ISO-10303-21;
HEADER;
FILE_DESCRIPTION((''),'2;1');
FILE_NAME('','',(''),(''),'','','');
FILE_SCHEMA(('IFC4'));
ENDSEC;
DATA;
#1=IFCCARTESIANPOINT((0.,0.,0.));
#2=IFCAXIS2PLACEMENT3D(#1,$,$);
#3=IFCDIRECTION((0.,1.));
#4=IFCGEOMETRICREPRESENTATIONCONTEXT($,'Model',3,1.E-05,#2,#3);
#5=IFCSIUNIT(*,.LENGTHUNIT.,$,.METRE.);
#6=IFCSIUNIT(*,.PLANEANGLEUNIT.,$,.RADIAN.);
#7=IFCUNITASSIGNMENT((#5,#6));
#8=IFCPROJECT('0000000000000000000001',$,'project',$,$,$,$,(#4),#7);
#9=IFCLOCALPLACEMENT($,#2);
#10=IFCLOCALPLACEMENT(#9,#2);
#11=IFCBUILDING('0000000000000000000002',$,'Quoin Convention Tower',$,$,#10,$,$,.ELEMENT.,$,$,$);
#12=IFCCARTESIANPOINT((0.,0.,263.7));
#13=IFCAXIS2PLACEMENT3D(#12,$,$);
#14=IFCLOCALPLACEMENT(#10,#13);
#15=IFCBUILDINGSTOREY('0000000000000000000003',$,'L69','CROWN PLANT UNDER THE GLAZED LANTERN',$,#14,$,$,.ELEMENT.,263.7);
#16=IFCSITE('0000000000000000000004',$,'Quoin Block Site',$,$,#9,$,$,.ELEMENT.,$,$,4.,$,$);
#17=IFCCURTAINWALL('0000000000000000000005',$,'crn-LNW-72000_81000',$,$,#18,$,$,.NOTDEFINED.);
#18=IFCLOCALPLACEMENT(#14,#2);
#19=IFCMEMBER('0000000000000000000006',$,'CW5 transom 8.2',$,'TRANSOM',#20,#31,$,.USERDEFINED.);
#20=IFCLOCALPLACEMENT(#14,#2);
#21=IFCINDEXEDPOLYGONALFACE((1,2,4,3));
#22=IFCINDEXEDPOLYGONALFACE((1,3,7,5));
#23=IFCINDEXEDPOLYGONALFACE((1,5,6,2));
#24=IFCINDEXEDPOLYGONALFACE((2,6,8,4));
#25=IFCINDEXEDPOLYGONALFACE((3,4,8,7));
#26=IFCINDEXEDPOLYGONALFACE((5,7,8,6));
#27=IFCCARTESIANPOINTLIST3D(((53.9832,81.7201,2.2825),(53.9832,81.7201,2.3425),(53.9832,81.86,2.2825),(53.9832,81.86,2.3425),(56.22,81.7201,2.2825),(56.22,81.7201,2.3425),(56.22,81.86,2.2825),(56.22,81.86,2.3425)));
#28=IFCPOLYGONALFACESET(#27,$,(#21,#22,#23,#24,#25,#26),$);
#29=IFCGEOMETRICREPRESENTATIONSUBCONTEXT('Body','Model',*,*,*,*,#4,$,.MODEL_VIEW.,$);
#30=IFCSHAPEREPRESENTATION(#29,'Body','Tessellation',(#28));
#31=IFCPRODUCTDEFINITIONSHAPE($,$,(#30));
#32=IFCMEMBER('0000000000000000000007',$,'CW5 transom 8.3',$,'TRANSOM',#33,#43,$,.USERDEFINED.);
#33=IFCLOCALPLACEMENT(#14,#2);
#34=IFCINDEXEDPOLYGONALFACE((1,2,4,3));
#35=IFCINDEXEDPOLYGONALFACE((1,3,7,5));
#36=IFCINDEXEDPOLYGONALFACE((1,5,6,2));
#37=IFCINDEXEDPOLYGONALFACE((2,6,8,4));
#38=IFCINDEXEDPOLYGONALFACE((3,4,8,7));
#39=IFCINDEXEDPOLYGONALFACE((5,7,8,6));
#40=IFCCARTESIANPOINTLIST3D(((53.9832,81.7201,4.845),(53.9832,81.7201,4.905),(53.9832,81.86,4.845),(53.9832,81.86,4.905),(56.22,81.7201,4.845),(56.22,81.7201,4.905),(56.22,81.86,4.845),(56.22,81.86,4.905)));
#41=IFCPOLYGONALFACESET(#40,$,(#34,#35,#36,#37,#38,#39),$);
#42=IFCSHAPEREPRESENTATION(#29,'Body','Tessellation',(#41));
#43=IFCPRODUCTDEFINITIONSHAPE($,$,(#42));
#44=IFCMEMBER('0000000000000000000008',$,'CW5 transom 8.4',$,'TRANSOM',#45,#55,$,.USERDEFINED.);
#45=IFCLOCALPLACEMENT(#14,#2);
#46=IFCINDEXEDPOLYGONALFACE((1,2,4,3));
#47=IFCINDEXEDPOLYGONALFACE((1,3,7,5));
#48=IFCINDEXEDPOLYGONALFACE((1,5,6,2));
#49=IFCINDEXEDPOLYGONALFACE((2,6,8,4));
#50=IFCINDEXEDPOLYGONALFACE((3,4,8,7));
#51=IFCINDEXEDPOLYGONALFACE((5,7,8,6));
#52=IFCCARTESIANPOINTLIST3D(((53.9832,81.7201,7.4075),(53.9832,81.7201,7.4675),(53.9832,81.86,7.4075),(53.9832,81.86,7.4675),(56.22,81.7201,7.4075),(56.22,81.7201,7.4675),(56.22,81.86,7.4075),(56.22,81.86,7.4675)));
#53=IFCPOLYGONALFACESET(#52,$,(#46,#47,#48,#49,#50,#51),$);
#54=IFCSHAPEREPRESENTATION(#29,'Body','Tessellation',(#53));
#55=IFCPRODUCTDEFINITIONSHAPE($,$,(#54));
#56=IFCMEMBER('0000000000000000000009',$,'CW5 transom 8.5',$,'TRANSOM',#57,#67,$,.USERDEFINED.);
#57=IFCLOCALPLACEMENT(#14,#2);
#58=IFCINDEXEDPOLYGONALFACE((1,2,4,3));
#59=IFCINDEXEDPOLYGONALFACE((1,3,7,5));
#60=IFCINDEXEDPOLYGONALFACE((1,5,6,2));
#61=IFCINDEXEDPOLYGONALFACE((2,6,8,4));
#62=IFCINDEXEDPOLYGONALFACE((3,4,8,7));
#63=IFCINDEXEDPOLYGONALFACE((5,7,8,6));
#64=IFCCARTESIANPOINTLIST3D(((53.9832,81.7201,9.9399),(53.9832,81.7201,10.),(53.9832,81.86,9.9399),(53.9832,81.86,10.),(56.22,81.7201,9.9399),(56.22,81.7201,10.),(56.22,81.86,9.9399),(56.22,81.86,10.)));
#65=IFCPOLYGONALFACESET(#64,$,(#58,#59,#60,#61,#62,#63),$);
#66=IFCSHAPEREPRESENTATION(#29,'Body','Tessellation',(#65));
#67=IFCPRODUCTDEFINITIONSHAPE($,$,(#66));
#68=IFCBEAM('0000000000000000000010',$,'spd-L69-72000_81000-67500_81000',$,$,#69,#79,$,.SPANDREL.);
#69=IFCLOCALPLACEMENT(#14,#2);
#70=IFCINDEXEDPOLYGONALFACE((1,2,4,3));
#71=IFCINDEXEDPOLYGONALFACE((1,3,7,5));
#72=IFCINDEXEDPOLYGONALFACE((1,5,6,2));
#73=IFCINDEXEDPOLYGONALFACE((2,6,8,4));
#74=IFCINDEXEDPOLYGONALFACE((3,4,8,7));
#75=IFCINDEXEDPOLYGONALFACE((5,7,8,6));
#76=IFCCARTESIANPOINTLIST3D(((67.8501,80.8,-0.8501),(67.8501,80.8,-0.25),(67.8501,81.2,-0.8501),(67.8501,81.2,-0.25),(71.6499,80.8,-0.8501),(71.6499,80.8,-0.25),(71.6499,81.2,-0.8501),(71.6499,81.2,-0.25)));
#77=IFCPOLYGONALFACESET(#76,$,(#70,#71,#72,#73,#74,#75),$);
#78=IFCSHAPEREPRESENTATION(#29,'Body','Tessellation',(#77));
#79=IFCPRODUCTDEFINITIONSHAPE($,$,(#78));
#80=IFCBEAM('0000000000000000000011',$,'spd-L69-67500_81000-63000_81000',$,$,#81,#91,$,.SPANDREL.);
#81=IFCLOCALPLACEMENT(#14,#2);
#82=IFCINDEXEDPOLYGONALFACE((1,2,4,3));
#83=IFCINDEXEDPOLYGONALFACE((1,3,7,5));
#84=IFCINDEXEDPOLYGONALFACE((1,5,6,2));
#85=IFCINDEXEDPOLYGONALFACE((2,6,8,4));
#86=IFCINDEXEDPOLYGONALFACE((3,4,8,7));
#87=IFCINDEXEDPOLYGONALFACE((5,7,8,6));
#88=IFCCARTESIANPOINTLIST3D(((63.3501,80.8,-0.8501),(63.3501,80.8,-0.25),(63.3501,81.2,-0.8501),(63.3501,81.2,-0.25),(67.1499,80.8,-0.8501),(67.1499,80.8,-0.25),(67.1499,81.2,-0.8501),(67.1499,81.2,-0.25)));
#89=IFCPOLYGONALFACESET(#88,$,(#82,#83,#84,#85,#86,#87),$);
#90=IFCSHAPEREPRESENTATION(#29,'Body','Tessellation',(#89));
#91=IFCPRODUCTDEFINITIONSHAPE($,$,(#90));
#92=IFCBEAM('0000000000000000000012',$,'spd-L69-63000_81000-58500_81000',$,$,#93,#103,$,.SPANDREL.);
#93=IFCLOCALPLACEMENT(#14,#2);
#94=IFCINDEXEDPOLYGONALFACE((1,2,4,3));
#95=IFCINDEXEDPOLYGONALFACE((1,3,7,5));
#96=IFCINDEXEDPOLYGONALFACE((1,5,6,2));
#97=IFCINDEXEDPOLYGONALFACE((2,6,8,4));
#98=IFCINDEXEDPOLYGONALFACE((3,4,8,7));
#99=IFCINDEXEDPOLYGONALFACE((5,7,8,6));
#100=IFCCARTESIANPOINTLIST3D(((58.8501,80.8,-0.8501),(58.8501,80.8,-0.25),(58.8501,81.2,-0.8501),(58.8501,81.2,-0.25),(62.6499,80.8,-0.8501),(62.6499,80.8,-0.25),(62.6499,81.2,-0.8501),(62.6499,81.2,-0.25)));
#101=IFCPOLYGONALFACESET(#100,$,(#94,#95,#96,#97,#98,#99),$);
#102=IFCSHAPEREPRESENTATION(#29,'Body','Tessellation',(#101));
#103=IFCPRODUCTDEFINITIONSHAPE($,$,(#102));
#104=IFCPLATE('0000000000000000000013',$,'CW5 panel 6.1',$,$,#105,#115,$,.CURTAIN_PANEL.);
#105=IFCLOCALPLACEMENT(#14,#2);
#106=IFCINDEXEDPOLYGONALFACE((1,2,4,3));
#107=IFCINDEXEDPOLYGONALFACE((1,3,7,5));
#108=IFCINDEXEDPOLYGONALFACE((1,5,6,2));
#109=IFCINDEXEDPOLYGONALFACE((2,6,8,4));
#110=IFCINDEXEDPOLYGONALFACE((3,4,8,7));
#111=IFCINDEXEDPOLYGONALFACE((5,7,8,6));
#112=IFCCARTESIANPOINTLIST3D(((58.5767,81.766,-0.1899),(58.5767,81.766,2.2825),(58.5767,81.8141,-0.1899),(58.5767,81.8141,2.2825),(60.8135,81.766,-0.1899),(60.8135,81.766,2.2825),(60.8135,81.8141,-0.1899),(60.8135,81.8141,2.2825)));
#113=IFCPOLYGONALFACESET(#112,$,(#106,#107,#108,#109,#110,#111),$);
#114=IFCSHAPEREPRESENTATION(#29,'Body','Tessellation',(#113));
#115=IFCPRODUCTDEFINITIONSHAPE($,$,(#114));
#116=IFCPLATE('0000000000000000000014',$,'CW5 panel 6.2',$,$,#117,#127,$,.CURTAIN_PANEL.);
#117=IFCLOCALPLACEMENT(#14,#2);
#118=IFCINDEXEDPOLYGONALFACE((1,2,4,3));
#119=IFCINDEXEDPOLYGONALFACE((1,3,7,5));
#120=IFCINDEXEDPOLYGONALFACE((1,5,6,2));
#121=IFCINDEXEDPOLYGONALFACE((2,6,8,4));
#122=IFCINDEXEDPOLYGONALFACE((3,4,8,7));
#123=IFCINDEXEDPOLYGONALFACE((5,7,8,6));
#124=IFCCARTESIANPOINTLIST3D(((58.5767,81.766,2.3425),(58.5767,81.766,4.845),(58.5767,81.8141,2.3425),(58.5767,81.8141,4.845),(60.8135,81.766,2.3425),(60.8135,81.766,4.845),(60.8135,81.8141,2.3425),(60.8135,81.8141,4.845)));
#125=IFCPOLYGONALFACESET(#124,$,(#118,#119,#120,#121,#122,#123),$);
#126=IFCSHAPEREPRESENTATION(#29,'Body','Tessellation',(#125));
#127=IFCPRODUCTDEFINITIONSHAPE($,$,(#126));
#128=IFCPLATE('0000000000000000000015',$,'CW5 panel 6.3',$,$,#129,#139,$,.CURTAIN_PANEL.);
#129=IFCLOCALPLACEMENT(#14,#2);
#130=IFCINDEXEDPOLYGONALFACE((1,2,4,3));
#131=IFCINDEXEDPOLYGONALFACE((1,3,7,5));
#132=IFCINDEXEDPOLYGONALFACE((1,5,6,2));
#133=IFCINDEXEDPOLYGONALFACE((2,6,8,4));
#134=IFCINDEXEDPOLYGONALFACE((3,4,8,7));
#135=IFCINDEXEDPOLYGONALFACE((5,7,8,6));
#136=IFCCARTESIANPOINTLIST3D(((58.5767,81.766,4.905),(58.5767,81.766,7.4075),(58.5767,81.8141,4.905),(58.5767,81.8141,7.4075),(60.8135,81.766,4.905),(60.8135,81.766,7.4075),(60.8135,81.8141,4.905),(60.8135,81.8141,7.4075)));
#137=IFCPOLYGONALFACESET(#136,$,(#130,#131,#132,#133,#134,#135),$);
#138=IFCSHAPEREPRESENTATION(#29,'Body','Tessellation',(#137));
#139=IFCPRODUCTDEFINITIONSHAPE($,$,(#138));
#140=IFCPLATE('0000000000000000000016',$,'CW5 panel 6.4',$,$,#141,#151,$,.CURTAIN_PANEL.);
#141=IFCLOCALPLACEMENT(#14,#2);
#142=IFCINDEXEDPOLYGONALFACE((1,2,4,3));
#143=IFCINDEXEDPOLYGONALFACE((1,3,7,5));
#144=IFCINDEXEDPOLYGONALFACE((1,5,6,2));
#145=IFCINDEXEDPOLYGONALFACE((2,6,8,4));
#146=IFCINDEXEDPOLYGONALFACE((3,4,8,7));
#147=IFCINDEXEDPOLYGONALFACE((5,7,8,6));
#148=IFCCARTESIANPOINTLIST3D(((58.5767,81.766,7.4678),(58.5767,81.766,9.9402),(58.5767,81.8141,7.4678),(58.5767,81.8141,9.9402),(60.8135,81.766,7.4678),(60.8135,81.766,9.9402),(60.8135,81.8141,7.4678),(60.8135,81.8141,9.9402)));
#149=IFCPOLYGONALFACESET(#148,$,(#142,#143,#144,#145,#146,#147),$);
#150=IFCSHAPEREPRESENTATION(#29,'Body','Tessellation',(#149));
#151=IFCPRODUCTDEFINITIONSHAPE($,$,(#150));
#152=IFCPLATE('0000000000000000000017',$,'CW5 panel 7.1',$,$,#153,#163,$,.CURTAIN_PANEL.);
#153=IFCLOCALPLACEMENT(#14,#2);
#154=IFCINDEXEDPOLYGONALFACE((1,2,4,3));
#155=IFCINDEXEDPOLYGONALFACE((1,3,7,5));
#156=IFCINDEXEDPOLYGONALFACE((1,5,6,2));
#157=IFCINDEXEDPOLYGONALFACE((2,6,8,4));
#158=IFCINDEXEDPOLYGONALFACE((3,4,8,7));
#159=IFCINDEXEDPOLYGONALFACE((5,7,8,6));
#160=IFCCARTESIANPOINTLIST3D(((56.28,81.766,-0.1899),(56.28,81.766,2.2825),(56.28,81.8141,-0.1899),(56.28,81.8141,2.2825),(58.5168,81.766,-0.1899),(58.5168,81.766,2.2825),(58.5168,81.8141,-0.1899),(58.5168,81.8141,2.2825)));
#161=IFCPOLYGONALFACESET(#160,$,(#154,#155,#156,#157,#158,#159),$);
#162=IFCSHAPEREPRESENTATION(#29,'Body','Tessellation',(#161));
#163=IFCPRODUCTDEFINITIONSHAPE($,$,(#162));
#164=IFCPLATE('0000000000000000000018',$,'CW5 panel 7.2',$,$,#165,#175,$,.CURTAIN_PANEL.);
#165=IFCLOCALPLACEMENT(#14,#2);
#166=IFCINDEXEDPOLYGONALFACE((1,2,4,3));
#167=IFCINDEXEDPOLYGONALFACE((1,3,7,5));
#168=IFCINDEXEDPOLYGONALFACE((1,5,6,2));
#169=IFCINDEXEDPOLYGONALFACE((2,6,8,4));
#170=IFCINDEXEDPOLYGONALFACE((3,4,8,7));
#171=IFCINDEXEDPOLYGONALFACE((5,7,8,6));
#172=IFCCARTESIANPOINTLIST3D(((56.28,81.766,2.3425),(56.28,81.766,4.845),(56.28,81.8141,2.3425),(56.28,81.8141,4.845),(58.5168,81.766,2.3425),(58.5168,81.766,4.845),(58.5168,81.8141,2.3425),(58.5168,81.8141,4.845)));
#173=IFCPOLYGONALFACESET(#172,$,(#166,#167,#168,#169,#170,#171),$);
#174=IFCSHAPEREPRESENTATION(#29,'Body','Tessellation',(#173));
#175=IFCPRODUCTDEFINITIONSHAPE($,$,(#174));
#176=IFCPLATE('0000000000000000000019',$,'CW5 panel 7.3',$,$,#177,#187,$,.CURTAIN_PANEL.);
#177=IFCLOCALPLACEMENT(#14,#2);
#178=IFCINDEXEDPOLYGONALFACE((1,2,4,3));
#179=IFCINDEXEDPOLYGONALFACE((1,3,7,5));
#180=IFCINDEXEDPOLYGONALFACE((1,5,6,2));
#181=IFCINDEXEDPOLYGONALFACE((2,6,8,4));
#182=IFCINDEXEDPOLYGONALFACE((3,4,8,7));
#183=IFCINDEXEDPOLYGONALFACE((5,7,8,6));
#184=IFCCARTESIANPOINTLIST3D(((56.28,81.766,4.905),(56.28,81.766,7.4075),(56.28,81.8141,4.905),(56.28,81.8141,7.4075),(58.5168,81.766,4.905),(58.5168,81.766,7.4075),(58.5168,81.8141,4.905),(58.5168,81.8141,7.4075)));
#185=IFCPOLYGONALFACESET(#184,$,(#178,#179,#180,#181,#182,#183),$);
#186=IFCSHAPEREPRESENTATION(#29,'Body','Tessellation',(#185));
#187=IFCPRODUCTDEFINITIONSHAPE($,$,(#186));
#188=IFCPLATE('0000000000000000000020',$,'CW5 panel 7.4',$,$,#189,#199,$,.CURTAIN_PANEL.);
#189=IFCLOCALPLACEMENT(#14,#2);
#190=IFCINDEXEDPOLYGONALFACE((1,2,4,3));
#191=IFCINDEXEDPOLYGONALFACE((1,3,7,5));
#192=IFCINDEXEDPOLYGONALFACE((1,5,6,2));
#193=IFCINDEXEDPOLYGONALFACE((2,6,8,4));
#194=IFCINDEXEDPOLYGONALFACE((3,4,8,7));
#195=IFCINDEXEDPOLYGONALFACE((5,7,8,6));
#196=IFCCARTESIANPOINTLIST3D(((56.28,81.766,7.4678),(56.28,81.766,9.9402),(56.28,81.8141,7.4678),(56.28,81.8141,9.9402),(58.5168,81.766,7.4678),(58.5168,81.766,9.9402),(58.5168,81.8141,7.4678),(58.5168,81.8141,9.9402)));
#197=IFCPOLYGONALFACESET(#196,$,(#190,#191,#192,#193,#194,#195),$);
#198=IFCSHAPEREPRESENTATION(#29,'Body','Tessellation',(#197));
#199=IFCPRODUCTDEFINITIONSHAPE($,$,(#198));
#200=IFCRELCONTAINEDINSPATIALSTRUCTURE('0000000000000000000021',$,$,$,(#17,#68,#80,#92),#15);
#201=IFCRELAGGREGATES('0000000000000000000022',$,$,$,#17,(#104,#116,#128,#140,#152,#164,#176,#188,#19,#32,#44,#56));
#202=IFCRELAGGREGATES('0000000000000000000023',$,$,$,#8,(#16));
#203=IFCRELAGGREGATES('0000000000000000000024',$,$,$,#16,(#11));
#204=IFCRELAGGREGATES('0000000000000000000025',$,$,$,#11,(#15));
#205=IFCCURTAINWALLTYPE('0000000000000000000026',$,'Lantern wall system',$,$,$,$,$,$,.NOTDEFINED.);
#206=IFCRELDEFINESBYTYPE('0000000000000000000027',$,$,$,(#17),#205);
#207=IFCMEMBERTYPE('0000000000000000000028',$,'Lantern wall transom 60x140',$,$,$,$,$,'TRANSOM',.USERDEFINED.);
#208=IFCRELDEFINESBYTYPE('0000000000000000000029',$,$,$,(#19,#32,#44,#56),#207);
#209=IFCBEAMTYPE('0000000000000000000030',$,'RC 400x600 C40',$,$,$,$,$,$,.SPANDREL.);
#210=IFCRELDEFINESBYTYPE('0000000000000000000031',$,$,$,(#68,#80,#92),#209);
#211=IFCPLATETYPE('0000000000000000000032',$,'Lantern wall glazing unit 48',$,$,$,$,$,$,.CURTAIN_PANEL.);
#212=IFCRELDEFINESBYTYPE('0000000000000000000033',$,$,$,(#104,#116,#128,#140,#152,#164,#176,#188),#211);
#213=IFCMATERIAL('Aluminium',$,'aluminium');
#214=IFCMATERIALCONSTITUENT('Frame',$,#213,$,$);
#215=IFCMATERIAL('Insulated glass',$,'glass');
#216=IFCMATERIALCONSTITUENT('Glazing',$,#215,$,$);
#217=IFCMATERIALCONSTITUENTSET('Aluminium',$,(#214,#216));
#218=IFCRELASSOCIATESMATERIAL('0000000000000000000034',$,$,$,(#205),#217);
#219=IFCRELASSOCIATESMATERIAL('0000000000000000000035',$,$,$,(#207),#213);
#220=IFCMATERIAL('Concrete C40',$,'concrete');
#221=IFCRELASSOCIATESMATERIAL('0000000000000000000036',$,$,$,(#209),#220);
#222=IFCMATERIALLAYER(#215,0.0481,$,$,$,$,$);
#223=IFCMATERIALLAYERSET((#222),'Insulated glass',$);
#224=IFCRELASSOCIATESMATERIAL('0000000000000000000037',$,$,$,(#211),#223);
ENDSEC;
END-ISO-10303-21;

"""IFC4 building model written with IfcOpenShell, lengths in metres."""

from ifc_helpers import new_model, si_unit, direction, frame, origin, origin_2d, place, context, subcontext, project, spatial, rectangle, extrude, material, layer, layer_set, constituent, constituent_set, material_profile, profile_set, type_object, element, aggregate, save


model = new_model("IFC4")

# Units and contexts
model_context = context("Model", 3, precision=1e-05, world=origin(), true_north=direction((0.0, 1.0)))
body_context = subcontext(model_context, "Body", "Model", "MODEL_VIEW")
ifc_project = project(units=[si_unit("LENGTHUNIT", "METRE"), si_unit("PLANEANGLEUNIT", "RADIAN")], contexts=[model_context])

# Site, building, storey
site_placement = place(None, origin())
site = spatial("IfcSite", under=ifc_project, at=site_placement, Name="Quoin Block Site", CompositionType="ELEMENT", RefElevation=4.0)
building_placement = place(site_placement, origin())
building = spatial("IfcBuilding", under=site, at=building_placement, Name="Quoin Convention Tower", CompositionType="ELEMENT")
storey_placement = place(building_placement, frame((0.0, 0.0, 263.7)))
storey = spatial("IfcBuildingStorey", under=building, at=storey_placement, Name="L69", Description="CROWN PLANT UNDER THE GLAZED LANTERN", CompositionType="ELEMENT", Elevation=263.7)

# Shared definitions
ifc_material_1 = material(Name="Concrete C40", Category="concrete")

# Shared definitions
ifc_material_2 = material(Name="Aluminium", Category="aluminium")
ifc_constituent_1 = constituent(ifc_material_2, Name="Frame")
ifc_material_3 = material(Name="Insulated glass", Category="glass")
ifc_constituent_2 = constituent(ifc_material_3, Name="Glazing")
ifc_constituent_set = constituent_set(constituents=[ifc_constituent_1, ifc_constituent_2], Name="Aluminium")
curtain_wall_type = type_object("IfcCurtainWallType", Name="Lantern wall system", PredefinedType="NOTDEFINED", material=ifc_constituent_set)

# Curtain wall, members
curtain_wall_1_placement = place(storey_placement, origin())
curtain_wall_1 = element("IfcCurtainWall", 1, at=curtain_wall_1_placement, inside=storey, type_object=curtain_wall_type, Name="crn-LNW-72000_81000", PredefinedType="NOTDEFINED")
ifc_material_profile_1 = material_profile(ifc_material_2, rectangle(XDim=0.1399, YDim=0.0601, at=origin_2d()), Name="Lantern wall transom 60x140")
ifc_profile_set_1 = profile_set([ifc_material_profile_1], Name="Aluminium")
member_type_1 = type_object("IfcMemberType", Name="Lantern wall transom 60x140", ElementType="TRANSOM", PredefinedType="USERDEFINED", material=ifc_profile_set_1)
member_1_placement = place(storey_placement, frame((56.22, 81.79, 2.3125), z_axis=(-1.0, 0.0, 0.0), x_axis=(0.0, -1.0, 0.0)))
member_1 = element("IfcMember", 2, at=member_1_placement, type_object=member_type_1, Name="CW5 transom 8.2", ObjectType="TRANSOM", PredefinedType="USERDEFINED", context=body_context, shape_type="SweptSolid", body=[
    extrude(rectangle(XDim=0.1399, YDim=0.0601, at=origin_2d()), origin(), (0.0, 0.0, 1.0), 2.2368),
])
member_2_placement = place(storey_placement, frame((56.22, 81.79, 4.875), z_axis=(-1.0, 0.0, 0.0), x_axis=(0.0, -1.0, 0.0)))
member_2 = element("IfcMember", 3, at=member_2_placement, type_object=member_type_1, Name="CW5 transom 8.3", ObjectType="TRANSOM", PredefinedType="USERDEFINED", context=body_context, shape_type="SweptSolid", body=[
    extrude(rectangle(XDim=0.1399, YDim=0.0601, at=origin_2d()), origin(), (0.0, 0.0, 1.0), 2.2368),
])
member_3_placement = place(storey_placement, frame((56.22, 81.79, 7.4375), z_axis=(-1.0, 0.0, 0.0), x_axis=(0.0, -1.0, 0.0)))
member_3 = element("IfcMember", 4, at=member_3_placement, type_object=member_type_1, Name="CW5 transom 8.4", ObjectType="TRANSOM", PredefinedType="USERDEFINED", context=body_context, shape_type="SweptSolid", body=[
    extrude(rectangle(XDim=0.1399, YDim=0.0601, at=origin_2d()), origin(), (0.0, 0.0, 1.0), 2.2368),
])
member_4_placement = place(storey_placement, frame((56.22, 81.79, 9.97), z_axis=(-1.0, 0.0, 0.0), x_axis=(0.0, -1.0, 0.0)))
member_4 = element("IfcMember", 5, at=member_4_placement, type_object=member_type_1, Name="CW5 transom 8.5", ObjectType="TRANSOM", PredefinedType="USERDEFINED", context=body_context, shape_type="SweptSolid", body=[
    extrude(rectangle(XDim=0.1399, YDim=0.0601, at=origin_2d()), origin(), (0.0, 0.0, 1.0), 2.2368),
])

# Beams
ifc_material_profile_2 = material_profile(ifc_material_1, rectangle(XDim=0.3999, YDim=0.6001, at=origin_2d()), Name="RC 400x600")
ifc_profile_set_2 = profile_set([ifc_material_profile_2], Name="Concrete C40")
beam_type = type_object("IfcBeamType", Name="RC 400x600 C40", PredefinedType="SPANDREL", material=ifc_profile_set_2)
for number, where, z_axis, x_axis, name in (
    (6, (71.6499, 81.0, -0.55), (-1.0, 0.0, 0.0), (0.0, -1.0, 0.0), "spd-L69-72000_81000-67500_81000"),
    (7, (67.1499, 81.0, -0.55), (-1.0, 0.0, 0.0), (0.0, -1.0, 0.0), "spd-L69-67500_81000-63000_81000"),
    (8, (62.6499, 81.0, -0.55), (-1.0, 0.0, 0.0), (0.0, -1.0, 0.0), "spd-L69-63000_81000-58500_81000"),
):
    element("IfcBeam", number, at=place(storey_placement, frame(where, z_axis=z_axis, x_axis=x_axis)), inside=storey, type_object=beam_type, Name=name, PredefinedType="SPANDREL", context=body_context, shape_type="SweptSolid", body=[
        extrude(rectangle(XDim=0.3999, YDim=0.6001, at=origin_2d()), origin(), (0.0, 0.0, 1.0), 3.7998),
    ])

# Plates
ifc_layer = layer(ifc_material_3, 0.0481)
ifc_layer_set = layer_set([ifc_layer], Name="Insulated glass")
plate_type = type_object("IfcPlateType", Name="Lantern wall glazing unit 48", PredefinedType="CURTAIN_PANEL", material=ifc_layer_set)
plate_1_placement = place(storey_placement, frame((59.6951, 81.79, -0.1899), z_axis=(0.0, 0.0, 1.0), x_axis=(-1.0, 0.0, 0.0)))
plate_1 = element("IfcPlate", 9, at=plate_1_placement, type_object=plate_type, Name="CW5 panel 6.1", PredefinedType="CURTAIN_PANEL", context=body_context, shape_type="SweptSolid", body=[
    extrude(rectangle(XDim=2.2368, YDim=0.0481, at=origin_2d()), origin(), (0.0, 0.0, 1.0), 2.4724),
])
plate_2_placement = place(storey_placement, frame((59.6951, 81.79, 2.3425), z_axis=(0.0, 0.0, 1.0), x_axis=(-1.0, 0.0, 0.0)))
plate_2 = element("IfcPlate", 10, at=plate_2_placement, type_object=plate_type, Name="CW5 panel 6.2", PredefinedType="CURTAIN_PANEL", context=body_context, shape_type="SweptSolid", body=[
    extrude(rectangle(XDim=2.2368, YDim=0.0481, at=origin_2d()), origin(), (0.0, 0.0, 1.0), 2.5024),
])
plate_3_placement = place(storey_placement, frame((59.6951, 81.79, 4.905), z_axis=(0.0, 0.0, 1.0), x_axis=(-1.0, 0.0, 0.0)))
plate_3 = element("IfcPlate", 11, at=plate_3_placement, type_object=plate_type, Name="CW5 panel 6.3", PredefinedType="CURTAIN_PANEL", context=body_context, shape_type="SweptSolid", body=[
    extrude(rectangle(XDim=2.2368, YDim=0.0481, at=origin_2d()), origin(), (0.0, 0.0, 1.0), 2.5024),
])
plate_4_placement = place(storey_placement, frame((59.6951, 81.79, 7.4678), z_axis=(0.0, 0.0, 1.0), x_axis=(-1.0, 0.0, 0.0)))
plate_4 = element("IfcPlate", 12, at=plate_4_placement, type_object=plate_type, Name="CW5 panel 6.4", PredefinedType="CURTAIN_PANEL", context=body_context, shape_type="SweptSolid", body=[
    extrude(rectangle(XDim=2.2368, YDim=0.0481, at=origin_2d()), origin(), (0.0, 0.0, 1.0), 2.4724),
])
plate_5_placement = place(storey_placement, frame((57.3984, 81.79, -0.1899), z_axis=(0.0, 0.0, 1.0), x_axis=(-1.0, 0.0, 0.0)))
plate_5 = element("IfcPlate", 13, at=plate_5_placement, type_object=plate_type, Name="CW5 panel 7.1", PredefinedType="CURTAIN_PANEL", context=body_context, shape_type="SweptSolid", body=[
    extrude(rectangle(XDim=2.2368, YDim=0.0481, at=origin_2d()), origin(), (0.0, 0.0, 1.0), 2.4724),
])
plate_6_placement = place(storey_placement, frame((57.3984, 81.79, 2.3425), z_axis=(0.0, 0.0, 1.0), x_axis=(-1.0, 0.0, 0.0)))
plate_6 = element("IfcPlate", 14, at=plate_6_placement, type_object=plate_type, Name="CW5 panel 7.2", PredefinedType="CURTAIN_PANEL", context=body_context, shape_type="SweptSolid", body=[
    extrude(rectangle(XDim=2.2368, YDim=0.0481, at=origin_2d()), origin(), (0.0, 0.0, 1.0), 2.5024),
])
plate_7_placement = place(storey_placement, frame((57.3984, 81.79, 4.905), z_axis=(0.0, 0.0, 1.0), x_axis=(-1.0, 0.0, 0.0)))
plate_7 = element("IfcPlate", 15, at=plate_7_placement, type_object=plate_type, Name="CW5 panel 7.3", PredefinedType="CURTAIN_PANEL", context=body_context, shape_type="SweptSolid", body=[
    extrude(rectangle(XDim=2.2368, YDim=0.0481, at=origin_2d()), origin(), (0.0, 0.0, 1.0), 2.5024),
])
plate_8_placement = place(storey_placement, frame((57.3984, 81.79, 7.4678), z_axis=(0.0, 0.0, 1.0), x_axis=(-1.0, 0.0, 0.0)))
plate_8 = element("IfcPlate", 16, at=plate_8_placement, type_object=plate_type, Name="CW5 panel 7.4", PredefinedType="CURTAIN_PANEL", context=body_context, shape_type="SweptSolid", body=[
    extrude(rectangle(XDim=2.2368, YDim=0.0481, at=origin_2d()), origin(), (0.0, 0.0, 1.0), 2.4724),
])
aggregate(curtain_wall_1, [plate_1, plate_2, plate_3, plate_4, plate_5, plate_6, plate_7, plate_8, member_1, member_2, member_3, member_4])

save(model, "model.ifc")
